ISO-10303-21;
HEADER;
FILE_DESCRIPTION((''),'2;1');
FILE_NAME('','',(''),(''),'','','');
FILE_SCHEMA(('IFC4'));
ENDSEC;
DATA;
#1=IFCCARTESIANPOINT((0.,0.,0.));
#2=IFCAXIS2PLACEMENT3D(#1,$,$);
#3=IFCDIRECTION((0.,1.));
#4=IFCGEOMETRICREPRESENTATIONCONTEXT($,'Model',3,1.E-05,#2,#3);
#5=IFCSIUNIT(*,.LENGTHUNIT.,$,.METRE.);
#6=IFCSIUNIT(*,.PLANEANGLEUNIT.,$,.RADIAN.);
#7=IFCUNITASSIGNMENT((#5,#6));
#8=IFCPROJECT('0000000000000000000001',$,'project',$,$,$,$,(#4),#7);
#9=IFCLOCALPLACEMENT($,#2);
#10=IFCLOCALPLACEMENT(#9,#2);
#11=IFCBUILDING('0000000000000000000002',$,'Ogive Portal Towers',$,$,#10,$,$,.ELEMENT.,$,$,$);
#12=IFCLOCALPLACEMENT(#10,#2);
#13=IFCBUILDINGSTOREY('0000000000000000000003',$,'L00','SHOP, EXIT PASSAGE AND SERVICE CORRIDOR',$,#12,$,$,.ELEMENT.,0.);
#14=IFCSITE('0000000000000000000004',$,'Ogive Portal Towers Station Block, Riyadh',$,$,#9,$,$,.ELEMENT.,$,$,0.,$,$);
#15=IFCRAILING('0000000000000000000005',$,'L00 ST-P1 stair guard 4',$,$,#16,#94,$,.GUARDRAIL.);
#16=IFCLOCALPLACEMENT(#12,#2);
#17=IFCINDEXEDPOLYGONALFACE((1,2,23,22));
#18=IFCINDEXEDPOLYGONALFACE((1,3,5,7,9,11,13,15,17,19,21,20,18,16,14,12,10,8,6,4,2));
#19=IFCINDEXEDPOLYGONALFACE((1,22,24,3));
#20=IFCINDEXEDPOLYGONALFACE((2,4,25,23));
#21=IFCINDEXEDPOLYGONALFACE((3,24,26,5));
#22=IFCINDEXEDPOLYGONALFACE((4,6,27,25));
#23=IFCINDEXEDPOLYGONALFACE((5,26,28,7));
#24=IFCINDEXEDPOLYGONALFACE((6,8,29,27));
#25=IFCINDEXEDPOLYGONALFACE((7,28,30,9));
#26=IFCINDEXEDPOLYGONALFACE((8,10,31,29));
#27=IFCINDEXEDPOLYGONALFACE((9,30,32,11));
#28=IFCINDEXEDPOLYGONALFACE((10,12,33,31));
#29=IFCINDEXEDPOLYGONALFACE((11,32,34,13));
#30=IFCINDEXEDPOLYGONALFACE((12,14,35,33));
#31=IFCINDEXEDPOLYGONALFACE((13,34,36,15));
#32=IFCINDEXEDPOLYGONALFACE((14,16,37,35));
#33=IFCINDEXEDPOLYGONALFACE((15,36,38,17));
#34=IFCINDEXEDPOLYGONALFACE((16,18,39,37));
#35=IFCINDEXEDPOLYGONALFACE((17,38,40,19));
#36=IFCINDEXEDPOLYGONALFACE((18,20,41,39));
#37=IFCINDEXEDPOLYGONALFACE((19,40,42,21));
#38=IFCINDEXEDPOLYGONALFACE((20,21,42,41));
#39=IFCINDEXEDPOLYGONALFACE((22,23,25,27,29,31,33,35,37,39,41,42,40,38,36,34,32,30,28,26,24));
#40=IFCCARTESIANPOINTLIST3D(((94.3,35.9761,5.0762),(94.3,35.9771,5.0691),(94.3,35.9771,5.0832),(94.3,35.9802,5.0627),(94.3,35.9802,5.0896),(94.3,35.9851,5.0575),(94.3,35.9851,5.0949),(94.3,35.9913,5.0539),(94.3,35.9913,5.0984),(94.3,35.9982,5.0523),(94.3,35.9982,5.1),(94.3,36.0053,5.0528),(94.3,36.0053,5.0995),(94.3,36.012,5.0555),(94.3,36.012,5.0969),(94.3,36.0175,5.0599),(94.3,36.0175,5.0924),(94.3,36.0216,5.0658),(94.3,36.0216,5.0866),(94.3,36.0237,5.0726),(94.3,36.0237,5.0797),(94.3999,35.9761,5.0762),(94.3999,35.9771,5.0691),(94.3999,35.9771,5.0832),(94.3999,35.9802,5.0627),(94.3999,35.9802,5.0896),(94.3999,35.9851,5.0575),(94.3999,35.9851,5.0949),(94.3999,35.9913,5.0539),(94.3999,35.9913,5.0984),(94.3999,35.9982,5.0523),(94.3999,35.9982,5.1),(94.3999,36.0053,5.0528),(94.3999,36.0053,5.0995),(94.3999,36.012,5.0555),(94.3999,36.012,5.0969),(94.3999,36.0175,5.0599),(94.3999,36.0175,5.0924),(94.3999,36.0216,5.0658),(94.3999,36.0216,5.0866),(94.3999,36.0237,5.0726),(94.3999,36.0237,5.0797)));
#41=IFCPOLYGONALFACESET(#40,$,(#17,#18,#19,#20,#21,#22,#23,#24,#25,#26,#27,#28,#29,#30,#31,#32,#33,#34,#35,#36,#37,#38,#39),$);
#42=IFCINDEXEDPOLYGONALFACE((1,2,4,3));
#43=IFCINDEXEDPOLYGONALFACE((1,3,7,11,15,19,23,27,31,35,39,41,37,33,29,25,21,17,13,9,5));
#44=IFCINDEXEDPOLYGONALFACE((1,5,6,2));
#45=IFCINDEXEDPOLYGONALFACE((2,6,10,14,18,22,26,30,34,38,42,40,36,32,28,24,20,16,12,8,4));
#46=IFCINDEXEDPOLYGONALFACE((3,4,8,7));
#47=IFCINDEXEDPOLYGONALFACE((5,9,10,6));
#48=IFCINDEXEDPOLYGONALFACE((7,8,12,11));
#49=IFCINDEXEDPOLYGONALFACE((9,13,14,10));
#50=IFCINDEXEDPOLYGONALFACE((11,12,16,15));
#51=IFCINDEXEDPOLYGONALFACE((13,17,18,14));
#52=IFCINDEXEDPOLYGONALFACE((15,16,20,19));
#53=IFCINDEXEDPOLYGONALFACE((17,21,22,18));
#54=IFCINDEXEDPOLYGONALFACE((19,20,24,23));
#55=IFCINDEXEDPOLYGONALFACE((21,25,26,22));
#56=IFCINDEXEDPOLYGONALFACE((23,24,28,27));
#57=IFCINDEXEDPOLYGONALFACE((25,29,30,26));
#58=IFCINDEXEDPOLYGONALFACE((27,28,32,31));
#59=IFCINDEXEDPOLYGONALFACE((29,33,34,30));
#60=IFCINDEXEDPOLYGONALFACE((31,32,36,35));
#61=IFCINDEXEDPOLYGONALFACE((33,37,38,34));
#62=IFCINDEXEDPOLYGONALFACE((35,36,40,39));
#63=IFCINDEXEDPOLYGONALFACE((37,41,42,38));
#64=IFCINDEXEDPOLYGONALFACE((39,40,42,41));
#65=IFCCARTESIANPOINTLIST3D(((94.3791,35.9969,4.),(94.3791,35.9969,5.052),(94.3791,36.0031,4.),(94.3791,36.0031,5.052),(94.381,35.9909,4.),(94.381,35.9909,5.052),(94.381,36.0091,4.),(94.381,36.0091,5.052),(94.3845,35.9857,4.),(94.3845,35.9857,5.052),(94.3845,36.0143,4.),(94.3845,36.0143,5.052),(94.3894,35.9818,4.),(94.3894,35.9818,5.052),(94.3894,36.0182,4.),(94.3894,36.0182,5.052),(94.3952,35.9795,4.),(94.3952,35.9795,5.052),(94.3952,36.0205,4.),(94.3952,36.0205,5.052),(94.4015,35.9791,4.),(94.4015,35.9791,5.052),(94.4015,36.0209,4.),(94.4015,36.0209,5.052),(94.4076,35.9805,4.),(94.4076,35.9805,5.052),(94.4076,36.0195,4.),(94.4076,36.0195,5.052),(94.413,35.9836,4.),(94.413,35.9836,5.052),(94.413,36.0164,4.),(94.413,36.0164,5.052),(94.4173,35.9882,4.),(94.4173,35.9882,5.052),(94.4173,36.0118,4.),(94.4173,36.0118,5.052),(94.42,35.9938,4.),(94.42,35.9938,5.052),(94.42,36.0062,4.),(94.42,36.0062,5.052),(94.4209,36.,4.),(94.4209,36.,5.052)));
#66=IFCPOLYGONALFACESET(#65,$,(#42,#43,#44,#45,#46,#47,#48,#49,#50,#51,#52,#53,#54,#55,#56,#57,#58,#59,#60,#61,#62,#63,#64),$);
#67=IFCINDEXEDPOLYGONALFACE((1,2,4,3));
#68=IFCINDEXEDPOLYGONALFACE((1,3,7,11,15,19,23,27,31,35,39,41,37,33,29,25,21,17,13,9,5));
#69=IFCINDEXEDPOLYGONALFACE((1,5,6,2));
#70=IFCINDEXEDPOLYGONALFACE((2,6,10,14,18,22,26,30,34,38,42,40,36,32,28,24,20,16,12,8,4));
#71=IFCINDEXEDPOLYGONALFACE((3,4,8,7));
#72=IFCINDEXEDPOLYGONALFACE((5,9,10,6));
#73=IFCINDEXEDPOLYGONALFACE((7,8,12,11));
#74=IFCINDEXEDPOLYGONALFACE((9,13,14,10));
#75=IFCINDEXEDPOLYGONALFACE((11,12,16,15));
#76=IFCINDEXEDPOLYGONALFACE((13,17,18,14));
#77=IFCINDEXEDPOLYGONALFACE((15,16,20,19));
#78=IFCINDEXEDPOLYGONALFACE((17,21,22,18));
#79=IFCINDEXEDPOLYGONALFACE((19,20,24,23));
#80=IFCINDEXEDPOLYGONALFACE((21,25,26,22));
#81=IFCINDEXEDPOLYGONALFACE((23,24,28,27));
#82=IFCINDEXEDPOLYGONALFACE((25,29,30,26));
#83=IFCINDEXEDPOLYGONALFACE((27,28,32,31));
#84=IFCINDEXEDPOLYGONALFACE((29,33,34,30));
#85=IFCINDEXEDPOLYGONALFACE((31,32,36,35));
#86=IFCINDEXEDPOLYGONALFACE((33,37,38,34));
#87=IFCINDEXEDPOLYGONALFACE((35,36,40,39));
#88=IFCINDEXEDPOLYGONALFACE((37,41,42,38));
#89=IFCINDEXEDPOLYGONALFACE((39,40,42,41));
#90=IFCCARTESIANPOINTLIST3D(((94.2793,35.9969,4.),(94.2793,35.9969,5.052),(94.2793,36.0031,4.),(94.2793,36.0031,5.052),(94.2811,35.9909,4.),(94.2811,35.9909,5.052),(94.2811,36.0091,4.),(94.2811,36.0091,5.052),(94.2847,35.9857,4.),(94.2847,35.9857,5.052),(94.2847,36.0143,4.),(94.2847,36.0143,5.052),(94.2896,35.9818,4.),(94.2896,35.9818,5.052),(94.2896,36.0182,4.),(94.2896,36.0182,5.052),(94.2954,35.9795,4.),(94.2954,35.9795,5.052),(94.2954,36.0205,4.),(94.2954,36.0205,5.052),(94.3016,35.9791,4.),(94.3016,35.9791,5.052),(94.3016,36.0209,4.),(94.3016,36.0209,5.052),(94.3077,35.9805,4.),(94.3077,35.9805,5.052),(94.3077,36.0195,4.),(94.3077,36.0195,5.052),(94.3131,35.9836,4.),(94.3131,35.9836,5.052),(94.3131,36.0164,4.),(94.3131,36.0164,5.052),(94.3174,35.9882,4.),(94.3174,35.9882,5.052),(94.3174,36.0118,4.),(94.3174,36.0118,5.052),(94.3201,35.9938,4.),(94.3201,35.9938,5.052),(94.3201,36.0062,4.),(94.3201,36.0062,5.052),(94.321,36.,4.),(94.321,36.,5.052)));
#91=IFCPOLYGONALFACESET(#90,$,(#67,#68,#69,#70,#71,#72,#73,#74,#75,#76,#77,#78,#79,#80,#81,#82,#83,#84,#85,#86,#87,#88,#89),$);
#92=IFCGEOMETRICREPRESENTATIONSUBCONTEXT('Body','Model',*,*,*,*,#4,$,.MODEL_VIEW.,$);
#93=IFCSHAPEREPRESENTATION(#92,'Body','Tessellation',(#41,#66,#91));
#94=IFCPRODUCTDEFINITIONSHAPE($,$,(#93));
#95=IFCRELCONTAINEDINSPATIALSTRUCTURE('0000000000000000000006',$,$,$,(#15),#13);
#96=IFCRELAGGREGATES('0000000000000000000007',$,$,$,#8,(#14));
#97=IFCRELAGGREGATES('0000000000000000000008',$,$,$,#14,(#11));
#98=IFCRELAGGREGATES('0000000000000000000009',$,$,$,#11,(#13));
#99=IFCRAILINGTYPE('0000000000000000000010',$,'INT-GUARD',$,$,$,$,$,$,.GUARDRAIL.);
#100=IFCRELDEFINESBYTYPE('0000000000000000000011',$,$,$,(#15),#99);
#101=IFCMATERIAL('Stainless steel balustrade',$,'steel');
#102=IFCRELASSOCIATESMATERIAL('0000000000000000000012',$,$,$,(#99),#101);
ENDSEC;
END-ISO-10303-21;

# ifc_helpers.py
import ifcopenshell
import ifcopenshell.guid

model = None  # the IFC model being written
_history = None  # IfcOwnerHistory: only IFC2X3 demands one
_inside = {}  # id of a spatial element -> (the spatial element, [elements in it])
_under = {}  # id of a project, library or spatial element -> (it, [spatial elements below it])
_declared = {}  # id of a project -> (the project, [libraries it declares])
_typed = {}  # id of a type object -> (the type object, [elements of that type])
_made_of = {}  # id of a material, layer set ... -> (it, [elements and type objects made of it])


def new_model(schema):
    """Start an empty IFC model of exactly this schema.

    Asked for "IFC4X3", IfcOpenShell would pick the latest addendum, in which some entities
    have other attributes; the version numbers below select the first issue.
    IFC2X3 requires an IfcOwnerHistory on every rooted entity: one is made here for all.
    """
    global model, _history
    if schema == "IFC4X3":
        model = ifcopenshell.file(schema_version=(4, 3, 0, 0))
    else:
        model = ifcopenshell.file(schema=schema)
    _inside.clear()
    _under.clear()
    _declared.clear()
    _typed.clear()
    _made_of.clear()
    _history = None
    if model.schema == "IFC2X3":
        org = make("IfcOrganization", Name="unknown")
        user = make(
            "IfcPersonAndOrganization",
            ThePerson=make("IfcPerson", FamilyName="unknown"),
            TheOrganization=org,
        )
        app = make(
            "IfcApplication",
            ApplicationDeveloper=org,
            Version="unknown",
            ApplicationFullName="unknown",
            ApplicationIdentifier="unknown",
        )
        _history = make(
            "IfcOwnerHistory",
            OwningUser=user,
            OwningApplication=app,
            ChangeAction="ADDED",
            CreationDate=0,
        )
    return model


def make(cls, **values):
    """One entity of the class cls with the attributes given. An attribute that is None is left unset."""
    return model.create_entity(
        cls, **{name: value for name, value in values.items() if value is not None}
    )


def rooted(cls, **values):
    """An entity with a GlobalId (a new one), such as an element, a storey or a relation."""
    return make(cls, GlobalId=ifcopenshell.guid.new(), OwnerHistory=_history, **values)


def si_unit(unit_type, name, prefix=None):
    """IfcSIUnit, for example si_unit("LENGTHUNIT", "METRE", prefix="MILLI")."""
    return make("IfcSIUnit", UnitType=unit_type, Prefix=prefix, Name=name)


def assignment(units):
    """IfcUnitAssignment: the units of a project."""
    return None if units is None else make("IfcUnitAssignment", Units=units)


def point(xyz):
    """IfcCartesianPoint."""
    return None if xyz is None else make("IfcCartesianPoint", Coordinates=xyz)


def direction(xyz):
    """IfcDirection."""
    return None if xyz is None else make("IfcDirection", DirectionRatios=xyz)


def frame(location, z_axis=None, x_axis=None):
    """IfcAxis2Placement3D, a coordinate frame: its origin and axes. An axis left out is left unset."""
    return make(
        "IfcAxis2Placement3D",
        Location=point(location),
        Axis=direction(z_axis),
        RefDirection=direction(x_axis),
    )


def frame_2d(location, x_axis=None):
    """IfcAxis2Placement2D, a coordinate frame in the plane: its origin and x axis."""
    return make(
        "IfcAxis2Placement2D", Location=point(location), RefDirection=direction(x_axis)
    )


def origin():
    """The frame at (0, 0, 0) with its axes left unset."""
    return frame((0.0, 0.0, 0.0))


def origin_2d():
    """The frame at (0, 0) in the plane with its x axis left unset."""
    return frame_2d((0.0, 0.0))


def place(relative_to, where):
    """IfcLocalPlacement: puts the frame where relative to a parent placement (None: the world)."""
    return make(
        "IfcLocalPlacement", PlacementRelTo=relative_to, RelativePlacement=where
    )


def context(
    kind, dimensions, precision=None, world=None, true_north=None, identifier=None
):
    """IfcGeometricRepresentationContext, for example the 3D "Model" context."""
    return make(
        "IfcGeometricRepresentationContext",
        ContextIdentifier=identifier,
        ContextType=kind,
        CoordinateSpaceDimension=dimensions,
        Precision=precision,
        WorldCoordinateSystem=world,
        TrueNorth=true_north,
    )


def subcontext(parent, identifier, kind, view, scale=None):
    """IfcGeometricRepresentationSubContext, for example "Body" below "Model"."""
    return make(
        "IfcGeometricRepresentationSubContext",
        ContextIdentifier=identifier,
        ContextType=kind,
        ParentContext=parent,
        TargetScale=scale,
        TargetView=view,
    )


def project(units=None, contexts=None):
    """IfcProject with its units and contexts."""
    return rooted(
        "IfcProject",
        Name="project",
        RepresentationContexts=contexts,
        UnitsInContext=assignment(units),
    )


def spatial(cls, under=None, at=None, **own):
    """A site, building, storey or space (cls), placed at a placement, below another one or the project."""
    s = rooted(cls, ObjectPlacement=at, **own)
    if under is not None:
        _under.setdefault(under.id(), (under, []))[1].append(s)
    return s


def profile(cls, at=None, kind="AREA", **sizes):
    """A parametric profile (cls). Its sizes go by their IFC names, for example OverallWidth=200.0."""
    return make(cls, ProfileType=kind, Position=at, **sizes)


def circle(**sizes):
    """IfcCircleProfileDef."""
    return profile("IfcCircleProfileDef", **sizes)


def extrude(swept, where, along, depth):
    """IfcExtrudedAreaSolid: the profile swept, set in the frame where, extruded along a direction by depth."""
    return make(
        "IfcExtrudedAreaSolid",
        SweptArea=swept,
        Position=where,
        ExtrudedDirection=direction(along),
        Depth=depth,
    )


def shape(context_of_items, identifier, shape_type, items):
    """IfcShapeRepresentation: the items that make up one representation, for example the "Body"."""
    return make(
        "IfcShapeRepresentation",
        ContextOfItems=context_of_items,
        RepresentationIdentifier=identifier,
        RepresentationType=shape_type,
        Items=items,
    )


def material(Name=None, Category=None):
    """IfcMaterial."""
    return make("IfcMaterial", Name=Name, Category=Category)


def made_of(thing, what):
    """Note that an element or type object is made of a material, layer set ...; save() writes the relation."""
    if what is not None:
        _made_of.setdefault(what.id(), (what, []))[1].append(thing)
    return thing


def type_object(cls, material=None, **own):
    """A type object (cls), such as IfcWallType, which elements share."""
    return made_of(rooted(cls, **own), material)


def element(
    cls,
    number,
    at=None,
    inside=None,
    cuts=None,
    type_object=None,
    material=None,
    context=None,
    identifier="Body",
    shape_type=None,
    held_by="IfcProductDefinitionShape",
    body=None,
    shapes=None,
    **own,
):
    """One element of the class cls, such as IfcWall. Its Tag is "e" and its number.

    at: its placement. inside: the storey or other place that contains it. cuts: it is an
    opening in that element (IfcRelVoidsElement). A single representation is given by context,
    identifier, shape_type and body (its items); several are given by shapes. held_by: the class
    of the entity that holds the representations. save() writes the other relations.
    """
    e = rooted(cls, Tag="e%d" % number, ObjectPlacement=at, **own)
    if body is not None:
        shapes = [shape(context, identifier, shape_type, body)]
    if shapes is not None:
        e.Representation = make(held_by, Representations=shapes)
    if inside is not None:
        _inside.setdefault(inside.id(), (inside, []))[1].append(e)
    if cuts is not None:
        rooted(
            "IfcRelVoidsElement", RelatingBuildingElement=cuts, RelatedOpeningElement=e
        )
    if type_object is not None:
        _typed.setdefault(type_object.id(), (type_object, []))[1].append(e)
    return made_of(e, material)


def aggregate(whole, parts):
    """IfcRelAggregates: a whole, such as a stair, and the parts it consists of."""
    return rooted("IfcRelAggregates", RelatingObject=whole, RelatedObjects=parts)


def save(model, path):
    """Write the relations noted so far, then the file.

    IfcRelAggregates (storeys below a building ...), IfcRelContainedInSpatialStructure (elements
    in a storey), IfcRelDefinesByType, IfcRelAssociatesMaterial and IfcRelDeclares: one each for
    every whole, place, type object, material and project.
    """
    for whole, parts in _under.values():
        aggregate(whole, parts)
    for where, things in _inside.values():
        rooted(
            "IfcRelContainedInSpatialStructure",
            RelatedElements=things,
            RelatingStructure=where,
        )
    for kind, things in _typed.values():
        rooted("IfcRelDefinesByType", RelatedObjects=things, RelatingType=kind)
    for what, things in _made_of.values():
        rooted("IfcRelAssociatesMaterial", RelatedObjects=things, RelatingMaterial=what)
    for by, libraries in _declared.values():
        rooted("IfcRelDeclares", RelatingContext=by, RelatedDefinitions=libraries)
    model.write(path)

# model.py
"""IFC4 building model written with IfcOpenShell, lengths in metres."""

from ifc_helpers import new_model, si_unit, direction, frame, origin, origin_2d, place, context, subcontext, project, spatial, circle, extrude, material, type_object, element, save


model = new_model("IFC4")

# Units and contexts
model_context = context("Model", 3, precision=1e-05, world=origin(), true_north=direction((0.0, 1.0)))
body_context = subcontext(model_context, "Body", "Model", "MODEL_VIEW")
ifc_project = project(units=[si_unit("LENGTHUNIT", "METRE"), si_unit("PLANEANGLEUNIT", "RADIAN")], contexts=[model_context])

# Site, building, storey
site_placement = place(None, origin())
site = spatial("IfcSite", under=ifc_project, at=site_placement, Name="Ogive Portal Towers Station Block, Riyadh", CompositionType="ELEMENT", RefElevation=0.0)
building_placement = place(site_placement, origin())
building = spatial("IfcBuilding", under=site, at=building_placement, Name="Ogive Portal Towers", CompositionType="ELEMENT")
storey_placement = place(building_placement, origin())
storey = spatial("IfcBuildingStorey", under=building, at=storey_placement, Name="L00", Description="SHOP, EXIT PASSAGE AND SERVICE CORRIDOR", CompositionType="ELEMENT", Elevation=0.0)

# Railing
ifc_material_1 = material(Name="Stainless steel balustrade", Category="steel")
railing_type_1 = type_object("IfcRailingType", Name="INT-GUARD", PredefinedType="GUARDRAIL", material=ifc_material_1)
railing_1_placement = place(storey_placement, frame((94.3999, 36.0, 4.0)))
element("IfcRailing", 1, at=railing_1_placement, inside=storey, type_object=railing_type_1, Name="L00 ST-P1 stair guard 4", PredefinedType="GUARDRAIL", context=body_context, shape_type="SweptSolid", body=[
    extrude(circle(Radius=0.0239, at=origin_2d()), frame((0.0, 0.0, 1.0762), z_axis=(-1.0, 0.0, 0.0), x_axis=(0.0, -1.0, 0.0)), (0.0, 0.0, 1.0), 0.0999),
    extrude(circle(Radius=0.021, at=origin_2d()), origin(), (0.0, 0.0, 1.0), 1.052),
    extrude(circle(Radius=0.021, at=origin_2d()), frame((-0.0999, 0.0, 0.0)), (0.0, 0.0, 1.0), 1.052),
])

save(model, "model.ifc")
